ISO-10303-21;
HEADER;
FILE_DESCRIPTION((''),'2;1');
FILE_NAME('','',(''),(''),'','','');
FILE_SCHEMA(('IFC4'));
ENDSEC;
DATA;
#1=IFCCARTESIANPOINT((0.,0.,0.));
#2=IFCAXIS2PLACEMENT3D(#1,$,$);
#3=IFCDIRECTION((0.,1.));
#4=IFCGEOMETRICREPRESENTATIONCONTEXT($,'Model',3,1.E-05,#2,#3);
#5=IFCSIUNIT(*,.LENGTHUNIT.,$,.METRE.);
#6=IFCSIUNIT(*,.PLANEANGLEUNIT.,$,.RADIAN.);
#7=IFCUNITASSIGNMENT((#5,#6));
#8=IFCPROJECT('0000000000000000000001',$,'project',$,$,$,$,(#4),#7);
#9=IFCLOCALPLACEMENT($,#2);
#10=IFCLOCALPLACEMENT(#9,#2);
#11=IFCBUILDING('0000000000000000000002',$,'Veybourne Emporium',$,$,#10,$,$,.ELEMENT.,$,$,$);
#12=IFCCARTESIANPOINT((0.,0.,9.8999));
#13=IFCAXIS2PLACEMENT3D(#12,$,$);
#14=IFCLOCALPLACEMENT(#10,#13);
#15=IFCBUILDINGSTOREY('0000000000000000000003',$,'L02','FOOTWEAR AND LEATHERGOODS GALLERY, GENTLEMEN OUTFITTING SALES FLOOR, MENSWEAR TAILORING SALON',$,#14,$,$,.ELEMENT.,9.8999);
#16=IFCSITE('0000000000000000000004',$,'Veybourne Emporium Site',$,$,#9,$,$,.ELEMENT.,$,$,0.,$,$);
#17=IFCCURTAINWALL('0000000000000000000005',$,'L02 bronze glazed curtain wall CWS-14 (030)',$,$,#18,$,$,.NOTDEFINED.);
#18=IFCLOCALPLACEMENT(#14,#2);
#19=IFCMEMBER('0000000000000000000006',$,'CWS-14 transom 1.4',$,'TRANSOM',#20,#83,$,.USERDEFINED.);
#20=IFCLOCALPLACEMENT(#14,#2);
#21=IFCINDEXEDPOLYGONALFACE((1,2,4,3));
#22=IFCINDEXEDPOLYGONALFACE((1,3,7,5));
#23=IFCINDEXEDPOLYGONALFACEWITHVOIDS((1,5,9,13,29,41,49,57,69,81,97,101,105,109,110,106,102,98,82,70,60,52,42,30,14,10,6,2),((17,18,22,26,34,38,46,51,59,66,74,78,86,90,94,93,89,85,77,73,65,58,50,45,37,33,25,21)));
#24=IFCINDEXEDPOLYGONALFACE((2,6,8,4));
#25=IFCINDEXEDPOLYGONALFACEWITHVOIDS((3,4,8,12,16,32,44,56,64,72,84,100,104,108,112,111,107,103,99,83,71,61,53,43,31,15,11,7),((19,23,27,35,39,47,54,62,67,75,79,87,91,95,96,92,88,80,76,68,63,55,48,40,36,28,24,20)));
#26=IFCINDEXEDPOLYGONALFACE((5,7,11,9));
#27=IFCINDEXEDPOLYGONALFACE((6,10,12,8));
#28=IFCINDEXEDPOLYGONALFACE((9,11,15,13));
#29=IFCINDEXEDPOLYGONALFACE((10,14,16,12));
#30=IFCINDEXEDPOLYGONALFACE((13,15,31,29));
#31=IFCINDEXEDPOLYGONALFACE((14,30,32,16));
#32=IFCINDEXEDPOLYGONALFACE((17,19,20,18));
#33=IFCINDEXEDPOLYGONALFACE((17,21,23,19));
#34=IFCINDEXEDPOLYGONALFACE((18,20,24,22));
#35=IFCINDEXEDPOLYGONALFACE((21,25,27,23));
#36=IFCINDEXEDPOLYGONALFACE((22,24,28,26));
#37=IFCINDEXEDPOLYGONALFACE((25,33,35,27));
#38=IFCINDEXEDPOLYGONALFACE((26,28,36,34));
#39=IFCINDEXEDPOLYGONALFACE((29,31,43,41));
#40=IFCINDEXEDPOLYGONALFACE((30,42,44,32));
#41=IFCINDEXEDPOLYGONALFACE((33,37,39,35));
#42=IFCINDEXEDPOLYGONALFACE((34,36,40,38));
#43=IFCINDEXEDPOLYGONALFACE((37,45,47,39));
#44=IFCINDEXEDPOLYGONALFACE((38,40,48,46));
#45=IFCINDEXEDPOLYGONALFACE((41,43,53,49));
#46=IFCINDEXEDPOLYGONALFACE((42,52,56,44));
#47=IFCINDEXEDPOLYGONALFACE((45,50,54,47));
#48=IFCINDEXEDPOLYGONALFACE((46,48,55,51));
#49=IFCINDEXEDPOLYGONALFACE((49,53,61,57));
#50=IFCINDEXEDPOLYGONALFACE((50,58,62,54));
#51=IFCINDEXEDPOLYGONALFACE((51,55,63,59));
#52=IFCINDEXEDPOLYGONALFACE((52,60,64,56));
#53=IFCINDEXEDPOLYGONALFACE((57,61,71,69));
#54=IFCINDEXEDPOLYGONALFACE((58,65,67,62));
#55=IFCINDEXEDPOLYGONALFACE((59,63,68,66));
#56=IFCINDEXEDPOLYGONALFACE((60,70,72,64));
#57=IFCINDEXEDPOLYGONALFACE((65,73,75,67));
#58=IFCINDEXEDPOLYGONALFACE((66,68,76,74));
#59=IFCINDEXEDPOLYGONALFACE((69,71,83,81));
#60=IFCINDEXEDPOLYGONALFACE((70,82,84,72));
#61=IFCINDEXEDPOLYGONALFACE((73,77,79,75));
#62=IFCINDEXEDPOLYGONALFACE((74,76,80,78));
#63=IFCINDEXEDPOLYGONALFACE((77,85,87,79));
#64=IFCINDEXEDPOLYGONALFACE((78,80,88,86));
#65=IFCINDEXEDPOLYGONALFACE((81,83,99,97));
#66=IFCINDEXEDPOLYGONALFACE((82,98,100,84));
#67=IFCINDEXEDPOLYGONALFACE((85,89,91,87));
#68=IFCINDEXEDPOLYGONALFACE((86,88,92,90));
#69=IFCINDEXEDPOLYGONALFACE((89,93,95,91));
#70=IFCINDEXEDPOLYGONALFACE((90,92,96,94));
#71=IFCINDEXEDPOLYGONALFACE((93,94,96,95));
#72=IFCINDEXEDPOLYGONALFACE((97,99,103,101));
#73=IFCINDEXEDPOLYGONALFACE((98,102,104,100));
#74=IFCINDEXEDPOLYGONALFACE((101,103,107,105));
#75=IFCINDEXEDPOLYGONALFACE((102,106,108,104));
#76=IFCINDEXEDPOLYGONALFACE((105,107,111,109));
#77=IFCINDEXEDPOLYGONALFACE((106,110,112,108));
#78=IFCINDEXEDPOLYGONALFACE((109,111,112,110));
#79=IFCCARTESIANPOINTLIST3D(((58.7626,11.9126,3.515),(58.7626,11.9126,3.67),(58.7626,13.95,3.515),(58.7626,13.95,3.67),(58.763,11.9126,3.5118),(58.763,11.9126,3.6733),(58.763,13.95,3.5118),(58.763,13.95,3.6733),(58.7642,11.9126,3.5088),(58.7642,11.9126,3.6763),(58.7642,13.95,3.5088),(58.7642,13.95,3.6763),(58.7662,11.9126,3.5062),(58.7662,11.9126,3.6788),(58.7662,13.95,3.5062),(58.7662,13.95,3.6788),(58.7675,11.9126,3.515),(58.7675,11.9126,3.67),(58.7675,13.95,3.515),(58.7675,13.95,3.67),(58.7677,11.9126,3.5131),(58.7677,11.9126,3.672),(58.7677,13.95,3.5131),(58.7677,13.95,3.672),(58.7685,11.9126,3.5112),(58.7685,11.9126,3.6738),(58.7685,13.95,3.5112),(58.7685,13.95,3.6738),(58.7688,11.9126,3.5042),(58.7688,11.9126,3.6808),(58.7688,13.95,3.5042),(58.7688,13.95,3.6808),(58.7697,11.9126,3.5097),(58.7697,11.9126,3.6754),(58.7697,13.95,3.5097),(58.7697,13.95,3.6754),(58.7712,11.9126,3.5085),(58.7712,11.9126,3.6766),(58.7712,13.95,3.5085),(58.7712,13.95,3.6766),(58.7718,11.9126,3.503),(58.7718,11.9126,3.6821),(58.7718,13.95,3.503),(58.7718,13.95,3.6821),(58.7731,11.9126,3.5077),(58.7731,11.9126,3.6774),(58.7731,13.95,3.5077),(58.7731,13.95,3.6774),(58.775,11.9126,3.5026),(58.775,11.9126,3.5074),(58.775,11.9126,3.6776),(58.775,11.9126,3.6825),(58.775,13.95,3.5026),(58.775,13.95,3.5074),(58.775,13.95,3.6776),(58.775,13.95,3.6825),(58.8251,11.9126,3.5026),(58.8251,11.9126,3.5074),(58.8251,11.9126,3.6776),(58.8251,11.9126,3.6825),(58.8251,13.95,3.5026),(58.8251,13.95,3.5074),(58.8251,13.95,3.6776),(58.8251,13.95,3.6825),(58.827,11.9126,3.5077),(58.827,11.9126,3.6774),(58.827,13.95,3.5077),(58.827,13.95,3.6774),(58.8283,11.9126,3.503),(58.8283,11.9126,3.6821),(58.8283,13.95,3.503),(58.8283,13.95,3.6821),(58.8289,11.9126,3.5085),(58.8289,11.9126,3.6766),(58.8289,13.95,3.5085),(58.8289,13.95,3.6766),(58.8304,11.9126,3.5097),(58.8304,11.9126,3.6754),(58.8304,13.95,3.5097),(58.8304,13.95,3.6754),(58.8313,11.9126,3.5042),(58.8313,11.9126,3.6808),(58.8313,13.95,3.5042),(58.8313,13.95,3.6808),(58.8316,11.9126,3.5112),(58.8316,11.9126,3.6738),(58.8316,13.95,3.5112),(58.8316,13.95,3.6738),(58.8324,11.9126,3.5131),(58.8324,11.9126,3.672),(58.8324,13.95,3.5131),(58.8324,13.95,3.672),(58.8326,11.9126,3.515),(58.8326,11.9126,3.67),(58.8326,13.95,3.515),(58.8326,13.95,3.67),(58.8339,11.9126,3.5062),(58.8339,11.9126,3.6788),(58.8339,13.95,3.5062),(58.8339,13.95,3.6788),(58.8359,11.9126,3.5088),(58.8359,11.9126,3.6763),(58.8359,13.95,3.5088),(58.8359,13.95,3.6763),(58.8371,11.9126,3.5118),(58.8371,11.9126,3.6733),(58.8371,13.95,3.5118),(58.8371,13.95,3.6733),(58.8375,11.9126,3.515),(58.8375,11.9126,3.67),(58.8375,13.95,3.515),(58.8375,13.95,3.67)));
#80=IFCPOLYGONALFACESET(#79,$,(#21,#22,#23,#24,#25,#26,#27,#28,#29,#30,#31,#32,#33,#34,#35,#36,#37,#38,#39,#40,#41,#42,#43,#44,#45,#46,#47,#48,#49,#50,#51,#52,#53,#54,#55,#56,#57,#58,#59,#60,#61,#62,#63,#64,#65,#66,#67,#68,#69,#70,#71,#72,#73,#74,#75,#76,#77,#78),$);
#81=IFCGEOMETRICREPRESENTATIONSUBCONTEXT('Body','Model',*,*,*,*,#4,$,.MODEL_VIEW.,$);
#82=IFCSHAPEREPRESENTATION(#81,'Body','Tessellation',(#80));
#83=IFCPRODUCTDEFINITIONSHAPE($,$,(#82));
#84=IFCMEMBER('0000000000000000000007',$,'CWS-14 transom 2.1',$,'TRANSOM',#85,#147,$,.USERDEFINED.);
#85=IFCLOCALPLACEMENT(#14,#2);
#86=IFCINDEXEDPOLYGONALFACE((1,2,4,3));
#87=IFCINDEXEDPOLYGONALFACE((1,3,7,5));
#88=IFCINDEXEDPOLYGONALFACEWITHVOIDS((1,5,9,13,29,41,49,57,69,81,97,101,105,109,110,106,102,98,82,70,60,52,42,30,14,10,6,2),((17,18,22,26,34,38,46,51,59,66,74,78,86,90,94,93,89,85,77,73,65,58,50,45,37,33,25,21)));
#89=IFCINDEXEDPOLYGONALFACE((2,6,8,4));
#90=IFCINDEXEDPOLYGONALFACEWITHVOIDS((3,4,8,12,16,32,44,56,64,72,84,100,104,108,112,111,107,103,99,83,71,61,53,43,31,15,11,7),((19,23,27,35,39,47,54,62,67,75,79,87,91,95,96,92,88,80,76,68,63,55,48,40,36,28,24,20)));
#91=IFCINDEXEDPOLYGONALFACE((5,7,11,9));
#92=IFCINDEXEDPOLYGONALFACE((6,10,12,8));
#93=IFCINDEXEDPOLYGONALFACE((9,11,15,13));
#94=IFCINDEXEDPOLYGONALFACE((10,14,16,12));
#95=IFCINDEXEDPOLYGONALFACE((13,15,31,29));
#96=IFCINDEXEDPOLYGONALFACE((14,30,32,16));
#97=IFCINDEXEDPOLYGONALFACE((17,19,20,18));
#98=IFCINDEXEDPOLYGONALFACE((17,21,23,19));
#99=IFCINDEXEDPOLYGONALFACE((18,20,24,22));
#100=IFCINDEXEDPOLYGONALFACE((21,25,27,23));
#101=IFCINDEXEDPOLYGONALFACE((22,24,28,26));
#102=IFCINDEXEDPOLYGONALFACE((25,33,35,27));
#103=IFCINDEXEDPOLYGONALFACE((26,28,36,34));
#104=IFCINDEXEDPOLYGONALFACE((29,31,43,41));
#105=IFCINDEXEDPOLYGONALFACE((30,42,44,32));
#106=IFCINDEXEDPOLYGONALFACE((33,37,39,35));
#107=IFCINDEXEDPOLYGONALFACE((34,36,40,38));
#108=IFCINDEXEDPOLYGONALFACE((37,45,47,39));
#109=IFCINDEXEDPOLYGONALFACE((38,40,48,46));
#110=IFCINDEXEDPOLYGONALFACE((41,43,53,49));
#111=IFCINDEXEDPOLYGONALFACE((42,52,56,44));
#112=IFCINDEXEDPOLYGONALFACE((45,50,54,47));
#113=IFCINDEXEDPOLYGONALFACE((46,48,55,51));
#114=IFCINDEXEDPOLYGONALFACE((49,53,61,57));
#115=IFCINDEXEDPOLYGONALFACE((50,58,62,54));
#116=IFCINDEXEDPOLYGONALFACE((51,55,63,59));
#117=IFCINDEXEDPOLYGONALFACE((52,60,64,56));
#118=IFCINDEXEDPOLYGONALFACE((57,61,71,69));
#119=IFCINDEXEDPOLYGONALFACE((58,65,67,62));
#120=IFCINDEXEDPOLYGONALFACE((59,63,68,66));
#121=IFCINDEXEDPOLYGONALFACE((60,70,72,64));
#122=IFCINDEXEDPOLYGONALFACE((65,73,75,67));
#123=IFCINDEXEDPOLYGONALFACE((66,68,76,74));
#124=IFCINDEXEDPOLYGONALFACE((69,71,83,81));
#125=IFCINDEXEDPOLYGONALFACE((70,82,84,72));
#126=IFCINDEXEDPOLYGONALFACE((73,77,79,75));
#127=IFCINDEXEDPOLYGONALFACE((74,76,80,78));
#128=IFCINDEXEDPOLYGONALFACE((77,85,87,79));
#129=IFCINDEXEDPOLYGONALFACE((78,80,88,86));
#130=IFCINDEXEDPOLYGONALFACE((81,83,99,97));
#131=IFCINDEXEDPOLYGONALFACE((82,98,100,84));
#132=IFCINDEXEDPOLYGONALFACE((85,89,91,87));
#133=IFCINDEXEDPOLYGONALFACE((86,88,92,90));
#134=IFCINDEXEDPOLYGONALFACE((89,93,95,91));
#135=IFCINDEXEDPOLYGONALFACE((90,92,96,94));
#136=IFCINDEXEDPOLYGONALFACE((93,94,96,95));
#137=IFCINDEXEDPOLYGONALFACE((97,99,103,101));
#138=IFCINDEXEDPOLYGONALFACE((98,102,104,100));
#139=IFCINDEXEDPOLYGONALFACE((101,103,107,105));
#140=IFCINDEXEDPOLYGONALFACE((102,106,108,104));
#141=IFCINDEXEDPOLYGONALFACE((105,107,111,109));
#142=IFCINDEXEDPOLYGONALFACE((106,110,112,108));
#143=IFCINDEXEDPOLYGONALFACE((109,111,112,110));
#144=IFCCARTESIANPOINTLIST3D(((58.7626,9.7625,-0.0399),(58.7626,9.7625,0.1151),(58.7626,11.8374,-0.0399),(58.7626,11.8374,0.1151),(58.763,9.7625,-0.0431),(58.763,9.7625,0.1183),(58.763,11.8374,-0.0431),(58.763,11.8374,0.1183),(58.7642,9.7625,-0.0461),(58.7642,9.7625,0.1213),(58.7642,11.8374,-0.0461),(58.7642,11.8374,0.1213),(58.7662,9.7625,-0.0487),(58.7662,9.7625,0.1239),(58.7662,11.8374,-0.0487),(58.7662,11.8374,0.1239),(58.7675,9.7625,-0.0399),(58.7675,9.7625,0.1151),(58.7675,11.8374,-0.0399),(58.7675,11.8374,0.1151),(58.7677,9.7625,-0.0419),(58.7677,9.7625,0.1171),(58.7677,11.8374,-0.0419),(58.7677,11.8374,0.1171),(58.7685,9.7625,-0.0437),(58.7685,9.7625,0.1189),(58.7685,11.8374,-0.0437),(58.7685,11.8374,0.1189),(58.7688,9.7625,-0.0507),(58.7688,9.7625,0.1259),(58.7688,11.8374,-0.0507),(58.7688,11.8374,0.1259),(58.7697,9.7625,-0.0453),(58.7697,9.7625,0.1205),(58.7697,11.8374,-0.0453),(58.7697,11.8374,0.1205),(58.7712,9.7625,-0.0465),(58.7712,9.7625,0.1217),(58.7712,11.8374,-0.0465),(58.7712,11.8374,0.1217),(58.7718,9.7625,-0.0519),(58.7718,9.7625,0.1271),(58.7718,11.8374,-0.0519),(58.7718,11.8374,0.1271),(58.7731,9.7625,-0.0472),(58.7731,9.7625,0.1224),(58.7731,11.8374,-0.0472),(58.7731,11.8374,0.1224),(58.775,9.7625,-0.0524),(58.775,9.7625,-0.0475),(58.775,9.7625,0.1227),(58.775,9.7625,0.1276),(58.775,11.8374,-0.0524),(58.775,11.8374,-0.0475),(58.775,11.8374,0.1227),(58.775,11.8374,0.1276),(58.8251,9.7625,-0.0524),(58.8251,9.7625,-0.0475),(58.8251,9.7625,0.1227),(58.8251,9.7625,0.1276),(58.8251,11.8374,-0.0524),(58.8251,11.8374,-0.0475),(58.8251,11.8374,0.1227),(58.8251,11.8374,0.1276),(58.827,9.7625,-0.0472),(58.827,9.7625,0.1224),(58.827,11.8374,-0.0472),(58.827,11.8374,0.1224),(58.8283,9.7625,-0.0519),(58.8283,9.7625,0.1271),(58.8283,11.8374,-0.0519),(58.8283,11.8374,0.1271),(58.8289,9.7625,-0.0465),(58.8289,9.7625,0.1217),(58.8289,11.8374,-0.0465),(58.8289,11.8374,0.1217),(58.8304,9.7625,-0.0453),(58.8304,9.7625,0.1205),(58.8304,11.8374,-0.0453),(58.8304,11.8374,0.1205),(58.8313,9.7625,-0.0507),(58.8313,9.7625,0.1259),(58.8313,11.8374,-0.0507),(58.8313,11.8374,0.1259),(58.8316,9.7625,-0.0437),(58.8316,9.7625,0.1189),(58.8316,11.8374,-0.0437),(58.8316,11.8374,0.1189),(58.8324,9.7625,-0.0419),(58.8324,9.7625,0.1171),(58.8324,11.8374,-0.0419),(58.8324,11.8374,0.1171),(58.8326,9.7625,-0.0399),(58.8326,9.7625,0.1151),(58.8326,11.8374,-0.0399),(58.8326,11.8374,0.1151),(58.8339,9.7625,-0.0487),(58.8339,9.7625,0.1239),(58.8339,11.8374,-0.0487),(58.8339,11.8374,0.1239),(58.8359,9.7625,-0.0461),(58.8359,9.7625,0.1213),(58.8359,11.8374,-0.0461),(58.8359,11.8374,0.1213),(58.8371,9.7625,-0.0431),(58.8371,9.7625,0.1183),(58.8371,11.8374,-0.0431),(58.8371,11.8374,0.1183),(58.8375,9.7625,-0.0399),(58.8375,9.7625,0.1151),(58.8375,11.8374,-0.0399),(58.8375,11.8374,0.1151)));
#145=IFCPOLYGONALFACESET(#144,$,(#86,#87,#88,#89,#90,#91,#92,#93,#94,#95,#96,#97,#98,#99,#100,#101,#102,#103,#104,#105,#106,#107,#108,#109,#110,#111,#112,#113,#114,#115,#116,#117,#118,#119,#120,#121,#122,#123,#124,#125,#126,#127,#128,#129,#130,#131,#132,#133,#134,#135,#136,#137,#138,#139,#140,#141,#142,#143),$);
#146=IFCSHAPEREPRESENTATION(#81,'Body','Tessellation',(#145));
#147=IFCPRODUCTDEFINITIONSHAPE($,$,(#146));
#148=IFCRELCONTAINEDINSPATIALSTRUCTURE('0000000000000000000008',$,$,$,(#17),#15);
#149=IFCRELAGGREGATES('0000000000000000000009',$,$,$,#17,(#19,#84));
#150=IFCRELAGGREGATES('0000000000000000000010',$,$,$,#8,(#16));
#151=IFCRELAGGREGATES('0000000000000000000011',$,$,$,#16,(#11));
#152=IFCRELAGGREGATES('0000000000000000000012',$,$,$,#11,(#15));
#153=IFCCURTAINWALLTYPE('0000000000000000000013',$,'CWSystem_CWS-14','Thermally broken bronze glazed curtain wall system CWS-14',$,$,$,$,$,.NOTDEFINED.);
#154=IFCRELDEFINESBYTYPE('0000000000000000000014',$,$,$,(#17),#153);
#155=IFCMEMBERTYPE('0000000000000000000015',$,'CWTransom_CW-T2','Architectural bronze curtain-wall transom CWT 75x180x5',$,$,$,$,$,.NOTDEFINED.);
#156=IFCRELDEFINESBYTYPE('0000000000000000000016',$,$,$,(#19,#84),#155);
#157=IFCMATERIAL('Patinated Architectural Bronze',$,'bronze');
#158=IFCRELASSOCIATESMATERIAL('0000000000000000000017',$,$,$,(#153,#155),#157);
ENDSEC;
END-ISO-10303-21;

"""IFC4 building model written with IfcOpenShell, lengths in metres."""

from ifc_helpers import new_model, si_unit, direction, frame, origin, origin_2d, place, context, subcontext, project, spatial, hollow_rectangle, extrude, material, material_profile, profile_set, type_object, element, aggregate, save


model = new_model("IFC4")

# Units and contexts
model_context = context("Model", 3, precision=1e-05, world=origin(), true_north=direction((0.0, 1.0)))
body_context = subcontext(model_context, "Body", "Model", "MODEL_VIEW")
ifc_project = project(units=[si_unit("LENGTHUNIT", "METRE"), si_unit("PLANEANGLEUNIT", "RADIAN")], contexts=[model_context])

# Site, building, storey
site_placement = place(None, origin())
site = spatial("IfcSite", under=ifc_project, at=site_placement, Name="Veybourne Emporium Site", CompositionType="ELEMENT", RefElevation=0.0)
building_placement = place(site_placement, origin())
building = spatial("IfcBuilding", under=site, at=building_placement, Name="Veybourne Emporium", CompositionType="ELEMENT")
storey_placement = place(building_placement, frame((0.0, 0.0, 9.8999)))
storey = spatial("IfcBuildingStorey", under=building, at=storey_placement, Name="L02", Description="FOOTWEAR AND LEATHERGOODS GALLERY, GENTLEMEN OUTFITTING SALES FLOOR, MENSWEAR TAILORING SALON", CompositionType="ELEMENT", Elevation=9.8999)

# Curtain wall
ifc_material_1 = material(Name="Patinated Architectural Bronze", Category="bronze")
curtain_wall_type_1 = type_object("IfcCurtainWallType", Name="CWSystem_CWS-14", Description="Thermally broken bronze glazed curtain wall system CWS-14", PredefinedType="NOTDEFINED", material=ifc_material_1)
curtain_wall_1_placement = place(storey_placement, origin())
curtain_wall_1 = element("IfcCurtainWall", 1, at=curtain_wall_1_placement, inside=storey, type_object=curtain_wall_type_1, Name="L02 bronze glazed curtain wall CWS-14 (030)", PredefinedType="NOTDEFINED")

# Members
ifc_material_profile_1 = material_profile(ifc_material_1, hollow_rectangle(XDim=0.075, YDim=0.1799, WallThickness=0.0049, InnerFilletRadius=0.0076, OuterFilletRadius=0.0125, at=origin_2d()), Name="CWT 75x180x5")
ifc_profile_set_1 = profile_set([ifc_material_profile_1], Name="Patinated Architectural Bronze")
member_type_1 = type_object("IfcMemberType", Name="CWTransom_CW-T2", Description="Architectural bronze curtain-wall transom CWT 75x180x5", PredefinedType="NOTDEFINED", material=ifc_profile_set_1)
member_1_placement = place(storey_placement, frame((58.8, 13.95, 3.5925), z_axis=(0.0, -1.0, 0.0), x_axis=(1.0, 0.0, 0.0)))
member_1 = element("IfcMember", 2, at=member_1_placement, type_object=member_type_1, Name="CWS-14 transom 1.4", ObjectType="TRANSOM", PredefinedType="USERDEFINED", context=body_context, shape_type="SweptSolid", body=[
    extrude(hollow_rectangle(XDim=0.075, YDim=0.1799, WallThickness=0.0049, InnerFilletRadius=0.0076, OuterFilletRadius=0.0125, at=origin_2d()), origin(), (0.0, 0.0, 1.0), 2.0374),
])
member_2_placement = place(storey_placement, frame((58.8, 11.8374, 0.0376), z_axis=(0.0, -1.0, 0.0), x_axis=(1.0, 0.0, 0.0)))
member_2 = element("IfcMember", 3, at=member_2_placement, type_object=member_type_1, Name="CWS-14 transom 2.1", ObjectType="TRANSOM", PredefinedType="USERDEFINED", context=body_context, shape_type="SweptSolid", body=[
    extrude(hollow_rectangle(XDim=0.075, YDim=0.1799, WallThickness=0.0049, InnerFilletRadius=0.0076, OuterFilletRadius=0.0125, at=origin_2d()), origin(), (0.0, 0.0, 1.0), 2.075),
])

aggregate(curtain_wall_1, [member_1, member_2])

save(model, "model.ifc")
